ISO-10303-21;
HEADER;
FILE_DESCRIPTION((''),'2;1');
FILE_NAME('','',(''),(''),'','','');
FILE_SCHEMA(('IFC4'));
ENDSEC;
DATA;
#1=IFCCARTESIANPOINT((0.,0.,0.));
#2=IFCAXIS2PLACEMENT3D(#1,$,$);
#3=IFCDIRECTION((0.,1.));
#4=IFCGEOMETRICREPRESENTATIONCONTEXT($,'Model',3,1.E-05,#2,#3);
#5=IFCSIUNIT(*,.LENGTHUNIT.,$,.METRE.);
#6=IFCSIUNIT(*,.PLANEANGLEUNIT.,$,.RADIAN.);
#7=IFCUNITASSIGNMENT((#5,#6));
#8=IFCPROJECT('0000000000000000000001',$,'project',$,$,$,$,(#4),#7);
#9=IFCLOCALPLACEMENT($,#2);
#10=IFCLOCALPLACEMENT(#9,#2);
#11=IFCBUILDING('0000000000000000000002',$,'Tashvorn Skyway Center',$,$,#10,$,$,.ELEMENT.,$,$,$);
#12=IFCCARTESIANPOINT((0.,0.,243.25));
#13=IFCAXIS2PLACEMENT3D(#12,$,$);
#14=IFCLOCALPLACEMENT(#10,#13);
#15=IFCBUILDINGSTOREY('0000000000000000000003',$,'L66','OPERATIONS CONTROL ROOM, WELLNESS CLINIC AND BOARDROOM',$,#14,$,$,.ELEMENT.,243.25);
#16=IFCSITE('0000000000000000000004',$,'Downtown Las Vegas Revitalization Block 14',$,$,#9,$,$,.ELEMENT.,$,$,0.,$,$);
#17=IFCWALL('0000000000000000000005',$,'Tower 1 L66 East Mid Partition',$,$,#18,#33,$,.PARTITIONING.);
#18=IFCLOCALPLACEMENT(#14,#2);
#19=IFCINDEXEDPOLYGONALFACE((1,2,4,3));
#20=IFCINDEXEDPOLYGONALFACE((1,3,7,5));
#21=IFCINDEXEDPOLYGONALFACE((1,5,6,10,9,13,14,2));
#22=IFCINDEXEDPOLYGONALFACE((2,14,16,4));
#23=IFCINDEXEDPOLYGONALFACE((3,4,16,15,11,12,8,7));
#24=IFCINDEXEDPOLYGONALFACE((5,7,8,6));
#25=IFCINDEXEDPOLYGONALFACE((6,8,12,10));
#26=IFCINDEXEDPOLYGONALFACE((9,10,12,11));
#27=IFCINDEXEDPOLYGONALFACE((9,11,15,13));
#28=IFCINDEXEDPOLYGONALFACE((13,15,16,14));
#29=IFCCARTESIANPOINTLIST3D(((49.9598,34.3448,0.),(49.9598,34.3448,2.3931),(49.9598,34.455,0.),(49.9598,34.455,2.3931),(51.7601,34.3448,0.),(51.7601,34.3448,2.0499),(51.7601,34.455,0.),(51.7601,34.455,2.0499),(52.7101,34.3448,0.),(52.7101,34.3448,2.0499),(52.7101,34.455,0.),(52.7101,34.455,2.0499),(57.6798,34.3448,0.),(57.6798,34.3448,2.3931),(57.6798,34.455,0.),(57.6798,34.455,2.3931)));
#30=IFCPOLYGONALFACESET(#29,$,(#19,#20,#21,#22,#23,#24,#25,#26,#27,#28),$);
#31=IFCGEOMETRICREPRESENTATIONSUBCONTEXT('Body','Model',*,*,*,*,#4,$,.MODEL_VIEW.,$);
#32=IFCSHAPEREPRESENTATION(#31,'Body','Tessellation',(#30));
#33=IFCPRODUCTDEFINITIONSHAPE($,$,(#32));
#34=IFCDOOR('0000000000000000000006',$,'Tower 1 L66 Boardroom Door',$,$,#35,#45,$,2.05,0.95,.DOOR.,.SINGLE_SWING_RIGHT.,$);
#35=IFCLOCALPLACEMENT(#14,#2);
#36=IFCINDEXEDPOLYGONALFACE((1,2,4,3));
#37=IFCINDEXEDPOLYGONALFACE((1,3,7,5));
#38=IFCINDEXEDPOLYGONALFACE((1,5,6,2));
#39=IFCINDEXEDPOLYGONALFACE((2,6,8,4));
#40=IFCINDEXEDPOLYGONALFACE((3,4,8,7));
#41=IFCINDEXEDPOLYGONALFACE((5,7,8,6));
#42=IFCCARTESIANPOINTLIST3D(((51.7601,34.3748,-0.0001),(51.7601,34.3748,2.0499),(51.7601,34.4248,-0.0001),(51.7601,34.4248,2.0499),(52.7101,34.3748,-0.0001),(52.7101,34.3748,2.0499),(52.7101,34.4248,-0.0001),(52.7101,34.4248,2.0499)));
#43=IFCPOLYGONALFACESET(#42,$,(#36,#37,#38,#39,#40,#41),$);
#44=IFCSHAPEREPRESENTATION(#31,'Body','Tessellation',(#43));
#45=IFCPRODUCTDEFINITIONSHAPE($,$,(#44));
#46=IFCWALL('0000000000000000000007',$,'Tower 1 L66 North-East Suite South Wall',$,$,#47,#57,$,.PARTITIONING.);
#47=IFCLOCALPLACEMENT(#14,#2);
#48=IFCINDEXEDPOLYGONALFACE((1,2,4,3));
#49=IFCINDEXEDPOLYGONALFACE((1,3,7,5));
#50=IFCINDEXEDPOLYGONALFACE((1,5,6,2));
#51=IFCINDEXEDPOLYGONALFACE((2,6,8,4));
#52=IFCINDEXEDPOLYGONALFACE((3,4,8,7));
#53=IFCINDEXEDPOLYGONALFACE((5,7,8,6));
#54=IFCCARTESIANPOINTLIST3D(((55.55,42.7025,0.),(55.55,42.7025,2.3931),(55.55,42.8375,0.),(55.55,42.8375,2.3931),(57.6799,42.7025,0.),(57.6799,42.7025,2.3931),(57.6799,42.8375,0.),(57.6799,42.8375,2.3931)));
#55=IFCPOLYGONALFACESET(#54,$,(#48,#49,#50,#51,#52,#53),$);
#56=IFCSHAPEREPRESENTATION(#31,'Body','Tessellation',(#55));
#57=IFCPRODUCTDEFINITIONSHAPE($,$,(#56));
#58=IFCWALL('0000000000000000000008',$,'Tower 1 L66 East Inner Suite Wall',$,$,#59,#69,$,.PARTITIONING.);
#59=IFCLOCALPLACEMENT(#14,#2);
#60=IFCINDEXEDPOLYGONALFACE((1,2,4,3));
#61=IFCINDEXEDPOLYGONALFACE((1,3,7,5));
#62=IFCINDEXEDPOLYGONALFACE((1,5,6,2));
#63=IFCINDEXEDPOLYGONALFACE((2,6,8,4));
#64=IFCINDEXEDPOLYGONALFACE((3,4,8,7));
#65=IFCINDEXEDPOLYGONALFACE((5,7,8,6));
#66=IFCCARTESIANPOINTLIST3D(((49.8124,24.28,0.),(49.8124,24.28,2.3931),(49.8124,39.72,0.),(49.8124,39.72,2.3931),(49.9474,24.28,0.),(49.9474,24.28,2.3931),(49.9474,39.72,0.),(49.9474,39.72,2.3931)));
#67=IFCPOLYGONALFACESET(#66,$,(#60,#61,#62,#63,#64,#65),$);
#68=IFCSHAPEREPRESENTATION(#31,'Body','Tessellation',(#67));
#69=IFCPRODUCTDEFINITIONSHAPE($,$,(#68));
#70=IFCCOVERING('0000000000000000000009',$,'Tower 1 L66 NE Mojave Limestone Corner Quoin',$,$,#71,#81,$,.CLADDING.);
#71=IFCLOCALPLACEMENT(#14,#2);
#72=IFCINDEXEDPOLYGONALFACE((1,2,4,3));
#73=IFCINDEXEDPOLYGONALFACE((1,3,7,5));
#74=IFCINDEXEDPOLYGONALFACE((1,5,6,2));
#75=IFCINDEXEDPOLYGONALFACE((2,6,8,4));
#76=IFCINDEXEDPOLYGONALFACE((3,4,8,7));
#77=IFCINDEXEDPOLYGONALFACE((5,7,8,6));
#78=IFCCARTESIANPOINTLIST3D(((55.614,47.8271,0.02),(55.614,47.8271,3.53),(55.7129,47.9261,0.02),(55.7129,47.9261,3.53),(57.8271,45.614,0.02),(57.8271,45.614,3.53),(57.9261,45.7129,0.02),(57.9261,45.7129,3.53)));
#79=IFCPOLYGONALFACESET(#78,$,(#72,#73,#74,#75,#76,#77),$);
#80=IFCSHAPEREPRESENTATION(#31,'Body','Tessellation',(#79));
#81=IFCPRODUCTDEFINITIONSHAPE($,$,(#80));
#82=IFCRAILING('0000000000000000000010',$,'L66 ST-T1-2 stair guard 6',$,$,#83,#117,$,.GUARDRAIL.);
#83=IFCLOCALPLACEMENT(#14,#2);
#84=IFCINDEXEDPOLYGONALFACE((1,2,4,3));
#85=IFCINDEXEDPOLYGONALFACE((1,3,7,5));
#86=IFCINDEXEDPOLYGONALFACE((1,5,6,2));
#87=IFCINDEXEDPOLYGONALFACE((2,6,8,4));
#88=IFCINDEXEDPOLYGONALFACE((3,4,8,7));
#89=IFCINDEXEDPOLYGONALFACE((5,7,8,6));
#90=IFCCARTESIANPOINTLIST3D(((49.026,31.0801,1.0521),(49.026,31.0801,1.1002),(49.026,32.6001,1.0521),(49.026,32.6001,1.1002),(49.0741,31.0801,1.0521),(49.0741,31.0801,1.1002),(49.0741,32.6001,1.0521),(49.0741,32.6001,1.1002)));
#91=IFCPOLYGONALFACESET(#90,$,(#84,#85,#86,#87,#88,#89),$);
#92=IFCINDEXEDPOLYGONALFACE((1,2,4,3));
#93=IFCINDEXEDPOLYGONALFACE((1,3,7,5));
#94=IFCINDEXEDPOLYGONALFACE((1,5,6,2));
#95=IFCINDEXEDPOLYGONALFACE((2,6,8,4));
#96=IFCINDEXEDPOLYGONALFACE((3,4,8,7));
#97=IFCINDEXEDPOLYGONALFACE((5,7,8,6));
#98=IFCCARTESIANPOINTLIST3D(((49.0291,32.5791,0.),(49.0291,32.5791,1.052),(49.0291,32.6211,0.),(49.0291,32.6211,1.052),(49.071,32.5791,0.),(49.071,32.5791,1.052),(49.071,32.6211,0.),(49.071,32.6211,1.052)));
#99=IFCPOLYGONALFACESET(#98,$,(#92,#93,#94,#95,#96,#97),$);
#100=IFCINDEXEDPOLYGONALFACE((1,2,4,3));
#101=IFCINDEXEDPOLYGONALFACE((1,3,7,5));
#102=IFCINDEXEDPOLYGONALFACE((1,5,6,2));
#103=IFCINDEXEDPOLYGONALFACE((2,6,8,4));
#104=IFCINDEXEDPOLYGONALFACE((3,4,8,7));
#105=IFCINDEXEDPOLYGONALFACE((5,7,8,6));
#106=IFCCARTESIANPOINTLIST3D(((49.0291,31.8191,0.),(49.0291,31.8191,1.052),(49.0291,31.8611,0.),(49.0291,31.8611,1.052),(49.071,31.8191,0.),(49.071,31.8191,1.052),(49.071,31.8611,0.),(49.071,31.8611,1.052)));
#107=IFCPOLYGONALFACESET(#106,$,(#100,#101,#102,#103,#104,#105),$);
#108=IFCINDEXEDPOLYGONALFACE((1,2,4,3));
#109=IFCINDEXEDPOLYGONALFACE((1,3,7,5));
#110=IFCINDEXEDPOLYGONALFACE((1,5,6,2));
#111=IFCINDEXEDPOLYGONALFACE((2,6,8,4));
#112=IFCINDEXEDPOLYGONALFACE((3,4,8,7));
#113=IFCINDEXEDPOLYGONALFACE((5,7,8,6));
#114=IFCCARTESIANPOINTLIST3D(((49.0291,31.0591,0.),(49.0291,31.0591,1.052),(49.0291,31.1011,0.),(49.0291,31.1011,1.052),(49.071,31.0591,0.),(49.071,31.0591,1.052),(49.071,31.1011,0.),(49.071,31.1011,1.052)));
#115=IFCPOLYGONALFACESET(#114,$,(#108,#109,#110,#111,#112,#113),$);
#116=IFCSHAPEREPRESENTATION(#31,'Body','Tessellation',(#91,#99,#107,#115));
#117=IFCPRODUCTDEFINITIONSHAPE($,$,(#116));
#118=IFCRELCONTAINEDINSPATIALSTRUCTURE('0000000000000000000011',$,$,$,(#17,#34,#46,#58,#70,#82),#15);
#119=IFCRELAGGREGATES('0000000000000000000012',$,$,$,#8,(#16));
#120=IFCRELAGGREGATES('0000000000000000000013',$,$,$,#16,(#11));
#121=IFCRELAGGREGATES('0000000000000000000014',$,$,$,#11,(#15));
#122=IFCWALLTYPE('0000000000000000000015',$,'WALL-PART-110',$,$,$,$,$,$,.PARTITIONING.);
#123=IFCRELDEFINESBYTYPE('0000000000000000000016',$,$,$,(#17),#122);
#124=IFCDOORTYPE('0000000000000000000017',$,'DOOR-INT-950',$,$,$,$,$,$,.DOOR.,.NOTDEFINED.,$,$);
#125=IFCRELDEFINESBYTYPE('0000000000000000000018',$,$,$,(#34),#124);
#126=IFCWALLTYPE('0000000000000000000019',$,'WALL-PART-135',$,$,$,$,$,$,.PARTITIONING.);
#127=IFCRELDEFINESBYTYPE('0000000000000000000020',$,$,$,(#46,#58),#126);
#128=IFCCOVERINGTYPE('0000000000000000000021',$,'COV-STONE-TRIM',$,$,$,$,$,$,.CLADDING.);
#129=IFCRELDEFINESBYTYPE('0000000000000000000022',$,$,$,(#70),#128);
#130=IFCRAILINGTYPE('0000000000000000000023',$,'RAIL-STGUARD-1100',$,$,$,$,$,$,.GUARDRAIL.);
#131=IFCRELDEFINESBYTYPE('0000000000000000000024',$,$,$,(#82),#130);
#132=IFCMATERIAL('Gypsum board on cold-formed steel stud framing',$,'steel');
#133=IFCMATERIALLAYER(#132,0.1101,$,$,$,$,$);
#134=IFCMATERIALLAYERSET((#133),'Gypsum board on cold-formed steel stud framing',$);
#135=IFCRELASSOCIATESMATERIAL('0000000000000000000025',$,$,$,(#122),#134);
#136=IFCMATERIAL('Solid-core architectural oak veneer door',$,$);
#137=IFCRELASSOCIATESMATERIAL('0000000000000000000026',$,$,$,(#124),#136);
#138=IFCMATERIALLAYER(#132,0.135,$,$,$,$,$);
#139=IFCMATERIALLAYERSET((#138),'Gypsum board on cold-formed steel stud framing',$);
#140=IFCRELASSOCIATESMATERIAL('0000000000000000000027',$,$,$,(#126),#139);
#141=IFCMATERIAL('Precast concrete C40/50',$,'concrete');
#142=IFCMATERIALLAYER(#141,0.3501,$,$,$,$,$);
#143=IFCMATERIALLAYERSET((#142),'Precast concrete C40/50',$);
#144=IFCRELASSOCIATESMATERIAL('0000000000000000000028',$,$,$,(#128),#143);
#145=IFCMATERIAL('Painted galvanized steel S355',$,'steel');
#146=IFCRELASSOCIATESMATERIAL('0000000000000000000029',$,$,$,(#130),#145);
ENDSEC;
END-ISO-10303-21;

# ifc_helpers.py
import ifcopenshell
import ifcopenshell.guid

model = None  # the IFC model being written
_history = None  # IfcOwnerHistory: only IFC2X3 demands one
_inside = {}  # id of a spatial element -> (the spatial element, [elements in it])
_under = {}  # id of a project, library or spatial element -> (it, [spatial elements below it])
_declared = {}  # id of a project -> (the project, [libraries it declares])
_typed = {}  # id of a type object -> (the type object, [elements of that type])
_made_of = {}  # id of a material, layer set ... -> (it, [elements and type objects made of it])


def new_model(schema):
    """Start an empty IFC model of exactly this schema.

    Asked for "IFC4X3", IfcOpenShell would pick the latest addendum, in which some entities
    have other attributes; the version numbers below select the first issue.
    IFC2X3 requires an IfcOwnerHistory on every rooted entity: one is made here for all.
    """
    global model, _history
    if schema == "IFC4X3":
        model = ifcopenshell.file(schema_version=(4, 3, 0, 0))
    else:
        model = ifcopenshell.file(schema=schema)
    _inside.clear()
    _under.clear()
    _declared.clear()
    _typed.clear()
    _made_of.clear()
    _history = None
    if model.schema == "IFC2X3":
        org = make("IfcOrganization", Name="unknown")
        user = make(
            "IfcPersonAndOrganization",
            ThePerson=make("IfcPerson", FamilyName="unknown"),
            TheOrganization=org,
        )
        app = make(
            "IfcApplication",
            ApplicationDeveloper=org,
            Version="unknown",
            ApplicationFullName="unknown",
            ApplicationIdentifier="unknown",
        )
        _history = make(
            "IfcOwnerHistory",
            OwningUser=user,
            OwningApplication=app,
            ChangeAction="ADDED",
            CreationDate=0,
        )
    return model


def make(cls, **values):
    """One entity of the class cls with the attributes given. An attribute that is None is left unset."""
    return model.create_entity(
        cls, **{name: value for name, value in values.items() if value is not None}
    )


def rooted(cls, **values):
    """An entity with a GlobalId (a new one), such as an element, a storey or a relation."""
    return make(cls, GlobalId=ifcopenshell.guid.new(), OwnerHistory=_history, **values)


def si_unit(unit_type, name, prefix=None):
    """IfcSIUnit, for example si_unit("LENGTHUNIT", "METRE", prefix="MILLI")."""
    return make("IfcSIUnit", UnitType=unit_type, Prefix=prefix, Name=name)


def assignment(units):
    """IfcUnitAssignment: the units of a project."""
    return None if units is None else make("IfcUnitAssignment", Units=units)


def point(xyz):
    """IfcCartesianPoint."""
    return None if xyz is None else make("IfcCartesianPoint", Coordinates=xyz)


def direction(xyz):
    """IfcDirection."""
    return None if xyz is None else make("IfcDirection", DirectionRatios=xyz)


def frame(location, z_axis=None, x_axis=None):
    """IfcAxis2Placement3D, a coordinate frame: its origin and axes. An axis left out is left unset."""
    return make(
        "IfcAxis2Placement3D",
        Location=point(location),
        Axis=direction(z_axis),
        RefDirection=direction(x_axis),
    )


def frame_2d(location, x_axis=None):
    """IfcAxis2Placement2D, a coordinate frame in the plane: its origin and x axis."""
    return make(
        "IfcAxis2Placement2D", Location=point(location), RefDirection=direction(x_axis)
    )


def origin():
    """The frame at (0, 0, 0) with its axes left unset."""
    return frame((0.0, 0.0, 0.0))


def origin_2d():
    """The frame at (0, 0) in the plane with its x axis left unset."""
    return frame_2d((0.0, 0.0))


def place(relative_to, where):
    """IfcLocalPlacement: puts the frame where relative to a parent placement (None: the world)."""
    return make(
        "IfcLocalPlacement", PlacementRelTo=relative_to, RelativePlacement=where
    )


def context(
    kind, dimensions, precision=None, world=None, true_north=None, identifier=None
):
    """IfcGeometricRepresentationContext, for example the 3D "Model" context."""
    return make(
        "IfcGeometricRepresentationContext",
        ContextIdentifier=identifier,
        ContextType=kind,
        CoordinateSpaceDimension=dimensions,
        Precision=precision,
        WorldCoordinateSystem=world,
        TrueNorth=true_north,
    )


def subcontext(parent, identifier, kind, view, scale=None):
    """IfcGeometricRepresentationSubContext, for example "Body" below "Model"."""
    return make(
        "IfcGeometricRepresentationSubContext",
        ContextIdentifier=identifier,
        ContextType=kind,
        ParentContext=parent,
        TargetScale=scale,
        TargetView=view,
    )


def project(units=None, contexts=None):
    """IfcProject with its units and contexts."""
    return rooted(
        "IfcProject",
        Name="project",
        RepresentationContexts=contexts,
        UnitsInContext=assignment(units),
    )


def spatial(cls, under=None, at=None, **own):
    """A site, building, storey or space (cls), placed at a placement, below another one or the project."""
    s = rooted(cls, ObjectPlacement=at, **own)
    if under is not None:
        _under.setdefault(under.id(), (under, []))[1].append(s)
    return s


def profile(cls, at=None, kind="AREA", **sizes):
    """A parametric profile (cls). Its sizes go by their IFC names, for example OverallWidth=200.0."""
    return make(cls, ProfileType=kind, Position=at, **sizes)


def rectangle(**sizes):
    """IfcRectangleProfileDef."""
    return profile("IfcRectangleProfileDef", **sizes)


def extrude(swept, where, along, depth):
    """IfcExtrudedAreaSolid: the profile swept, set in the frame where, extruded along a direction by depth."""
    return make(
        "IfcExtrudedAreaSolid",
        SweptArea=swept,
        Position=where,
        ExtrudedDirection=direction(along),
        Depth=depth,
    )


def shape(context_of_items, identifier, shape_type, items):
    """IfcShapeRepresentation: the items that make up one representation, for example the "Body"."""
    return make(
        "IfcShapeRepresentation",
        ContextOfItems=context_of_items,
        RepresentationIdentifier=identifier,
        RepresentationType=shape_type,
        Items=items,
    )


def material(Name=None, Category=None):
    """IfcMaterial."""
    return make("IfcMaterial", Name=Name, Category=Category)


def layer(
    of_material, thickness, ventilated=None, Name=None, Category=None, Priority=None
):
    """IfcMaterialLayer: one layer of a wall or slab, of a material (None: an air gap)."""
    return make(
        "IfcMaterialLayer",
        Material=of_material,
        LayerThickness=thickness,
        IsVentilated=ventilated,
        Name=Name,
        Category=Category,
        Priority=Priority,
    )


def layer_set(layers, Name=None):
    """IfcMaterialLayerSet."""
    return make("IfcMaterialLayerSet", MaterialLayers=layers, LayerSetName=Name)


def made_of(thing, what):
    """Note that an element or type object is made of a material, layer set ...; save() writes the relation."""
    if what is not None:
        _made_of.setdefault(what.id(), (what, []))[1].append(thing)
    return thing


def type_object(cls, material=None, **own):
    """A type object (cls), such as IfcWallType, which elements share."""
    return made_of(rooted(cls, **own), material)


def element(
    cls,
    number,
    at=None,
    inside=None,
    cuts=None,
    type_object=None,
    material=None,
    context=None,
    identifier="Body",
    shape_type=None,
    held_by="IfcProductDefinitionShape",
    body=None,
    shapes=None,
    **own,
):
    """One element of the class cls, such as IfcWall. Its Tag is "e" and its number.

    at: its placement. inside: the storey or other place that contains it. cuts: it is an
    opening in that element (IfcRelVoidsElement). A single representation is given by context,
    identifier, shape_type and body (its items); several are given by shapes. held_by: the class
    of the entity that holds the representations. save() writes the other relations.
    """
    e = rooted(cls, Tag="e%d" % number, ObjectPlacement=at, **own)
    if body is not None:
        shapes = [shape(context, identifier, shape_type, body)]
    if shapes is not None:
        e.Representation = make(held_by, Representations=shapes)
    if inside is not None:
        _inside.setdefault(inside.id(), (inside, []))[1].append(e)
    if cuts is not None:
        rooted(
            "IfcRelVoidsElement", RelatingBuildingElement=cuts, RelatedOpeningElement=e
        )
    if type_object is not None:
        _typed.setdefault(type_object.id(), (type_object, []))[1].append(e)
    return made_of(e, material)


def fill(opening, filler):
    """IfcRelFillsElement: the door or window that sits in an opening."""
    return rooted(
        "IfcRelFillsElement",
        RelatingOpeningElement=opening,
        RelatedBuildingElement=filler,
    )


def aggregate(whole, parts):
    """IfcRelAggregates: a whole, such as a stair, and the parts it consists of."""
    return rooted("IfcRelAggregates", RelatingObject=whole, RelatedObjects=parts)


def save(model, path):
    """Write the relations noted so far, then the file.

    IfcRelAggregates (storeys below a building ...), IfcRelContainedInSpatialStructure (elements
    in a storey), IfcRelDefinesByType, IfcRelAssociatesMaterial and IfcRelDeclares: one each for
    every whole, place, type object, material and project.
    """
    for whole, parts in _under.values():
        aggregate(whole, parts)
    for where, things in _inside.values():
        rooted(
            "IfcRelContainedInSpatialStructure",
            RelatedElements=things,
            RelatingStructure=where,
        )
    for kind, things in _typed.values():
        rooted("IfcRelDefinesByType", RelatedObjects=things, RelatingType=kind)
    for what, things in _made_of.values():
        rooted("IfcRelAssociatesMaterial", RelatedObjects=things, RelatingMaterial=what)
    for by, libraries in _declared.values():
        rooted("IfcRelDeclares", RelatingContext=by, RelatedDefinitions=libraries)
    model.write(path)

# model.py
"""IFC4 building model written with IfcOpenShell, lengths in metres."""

from ifc_helpers import new_model, si_unit, direction, frame, frame_2d, origin, origin_2d, place, context, subcontext, project, spatial, rectangle, extrude, material, layer, layer_set, type_object, element, fill, save


model = new_model("IFC4")

# Units and contexts
model_context = context("Model", 3, precision=1e-05, world=origin(), true_north=direction((0.0, 1.0)))
body_context = subcontext(model_context, "Body", "Model", "MODEL_VIEW")
ifc_project = project(units=[si_unit("LENGTHUNIT", "METRE"), si_unit("PLANEANGLEUNIT", "RADIAN")], contexts=[model_context])

# Site, building, storey
site_placement = place(None, origin())
site = spatial("IfcSite", under=ifc_project, at=site_placement, Name="Downtown Las Vegas Revitalization Block 14", CompositionType="ELEMENT", RefElevation=0.0)
building_placement = place(site_placement, origin())
building = spatial("IfcBuilding", under=site, at=building_placement, Name="Tashvorn Skyway Center", CompositionType="ELEMENT")
storey_placement = place(building_placement, frame((0.0, 0.0, 243.25)))
storey = spatial("IfcBuildingStorey", under=building, at=storey_placement, Name="L66", Description="OPERATIONS CONTROL ROOM, WELLNESS CLINIC AND BOARDROOM", CompositionType="ELEMENT", Elevation=243.25)

# Shared definitions
ifc_material_1 = material(Name="Precast concrete C40/50", Category="concrete")
ifc_material_2 = material(Name="Gypsum board on cold-formed steel stud framing", Category="steel")
ifc_layer_1 = layer(ifc_material_2, 0.1101)
ifc_layer_set_1 = layer_set([ifc_layer_1], Name="Gypsum board on cold-formed steel stud framing")
wall_type_1 = type_object("IfcWallType", Name="WALL-PART-110", PredefinedType="PARTITIONING", material=ifc_layer_set_1)

# Wall, opening, door
wall_1_placement = place(storey_placement, frame((49.96, 34.3999, 0.0), z_axis=(0.0, 0.0, 1.0), x_axis=(1.0, 0.0, 0.0)))
wall_1 = element("IfcWall", 1, at=wall_1_placement, inside=storey, type_object=wall_type_1, Name="Tower 1 L66 East Mid Partition", PredefinedType="PARTITIONING", context=body_context, shape_type="SweptSolid", body=[
    extrude(rectangle(XDim=7.72, YDim=0.1101, at=frame_2d((3.8599, 0.0))), origin(), (0.0, 0.0, 1.0), 2.3931),
])
opening_placement = place(wall_1_placement, frame((1.8, 0.0, 0.0)))
opening = element("IfcOpeningElement", 2, at=opening_placement, cuts=wall_1, PredefinedType="OPENING", context=body_context, shape_type="SweptSolid", body=[
    extrude(rectangle(XDim=0.95, YDim=2.05, at=frame_2d((0.4751, 1.0249))), frame((0.0, 0.0649, 0.0), z_axis=(0.0, -1.0, 0.0), x_axis=(1.0, 0.0, 0.0)), (0.0, 0.0, 1.0), 0.1301),
])
ifc_material_3 = material(Name="Solid-core architectural oak veneer door")
door_type = type_object("IfcDoorType", Name="DOOR-INT-950", OperationType="NOTDEFINED", PredefinedType="DOOR", material=ifc_material_3)
door_placement = place(opening_placement, origin())
door = element("IfcDoor", 3, at=door_placement, inside=storey, type_object=door_type, Name="Tower 1 L66 Boardroom Door", OperationType="SINGLE_SWING_RIGHT", OverallHeight=2.05, OverallWidth=0.95, PredefinedType="DOOR", context=body_context, shape_type="SweptSolid", body=[
    extrude(rectangle(XDim=0.95, YDim=2.05, at=frame_2d((0.4751, 1.0249))), frame((0.0, 0.0249, 0.0), z_axis=(0.0, -1.0, 0.0), x_axis=(1.0, 0.0, 0.0)), (0.0, 0.0, 1.0), 0.05),
])
fill(opening, door)

# Walls
ifc_layer_2 = layer(ifc_material_2, 0.135)
ifc_layer_set_2 = layer_set([ifc_layer_2], Name="Gypsum board on cold-formed steel stud framing")
wall_type_2 = type_object("IfcWallType", Name="WALL-PART-135", PredefinedType="PARTITIONING", material=ifc_layer_set_2)
wall_2_placement = place(storey_placement, frame((55.55, 42.77, 0.0), z_axis=(0.0, 0.0, 1.0), x_axis=(1.0, 0.0, 0.0)))
element("IfcWall", 4, at=wall_2_placement, inside=storey, type_object=wall_type_2, Name="Tower 1 L66 North-East Suite South Wall", PredefinedType="PARTITIONING", context=body_context, shape_type="SweptSolid", body=[
    extrude(rectangle(XDim=2.1299, YDim=0.135, at=frame_2d((1.0649, 0.0))), origin(), (0.0, 0.0, 1.0), 2.3931),
])
wall_3_placement = place(storey_placement, frame((49.8799, 39.72, 0.0), z_axis=(0.0, 0.0, 1.0), x_axis=(0.0, -1.0, 0.0)))
element("IfcWall", 5, at=wall_3_placement, inside=storey, type_object=wall_type_2, Name="Tower 1 L66 East Inner Suite Wall", PredefinedType="PARTITIONING", context=body_context, shape_type="SweptSolid", body=[
    extrude(rectangle(XDim=15.4399, YDim=0.135, at=frame_2d((7.72, 0.0))), origin(), (0.0, 0.0, 1.0), 2.3931),
])

# Covering
ifc_layer_3 = layer(ifc_material_1, 0.3501)
ifc_layer_set_3 = layer_set([ifc_layer_3], Name="Precast concrete C40/50")
covering_type = type_object("IfcCoveringType", Name="COV-STONE-TRIM", PredefinedType="CLADDING", material=ifc_layer_set_3)
covering_placement = place(storey_placement, frame((56.77, 46.77, 0.02), z_axis=(0.0, 0.0, 1.0), x_axis=(0.707107, -0.707107, 0.0)))
element("IfcCovering", 6, at=covering_placement, inside=storey, type_object=covering_type, Name="Tower 1 L66 NE Mojave Limestone Corner Quoin", PredefinedType="CLADDING", context=body_context, shape_type="SweptSolid", body=[
    extrude(rectangle(XDim=3.1299, YDim=0.1399, at=origin_2d()), origin(), (0.0, 0.0, 1.0), 3.51),
])

# Railing
ifc_material_4 = material(Name="Painted galvanized steel S355", Category="steel")
railing_type = type_object("IfcRailingType", Name="RAIL-STGUARD-1100", PredefinedType="GUARDRAIL", material=ifc_material_4)
railing_placement = place(storey_placement, frame((49.05, 32.6001, 0.0)))
element("IfcRailing", 7, at=railing_placement, inside=storey, type_object=railing_type, Name="L66 ST-T1-2 stair guard 6", PredefinedType="GUARDRAIL", context=body_context, shape_type="SweptSolid", body=[
    extrude(rectangle(XDim=0.0481, YDim=0.0481, at=origin_2d()), frame((0.0, 0.0, 1.0762), z_axis=(0.0, -1.0, 0.0), x_axis=(1.0, 0.0, 0.0)), (0.0, 0.0, 1.0), 1.52),
    extrude(rectangle(XDim=0.042, YDim=0.042, at=origin_2d()), origin(), (0.0, 0.0, 1.0), 1.052),
    extrude(rectangle(XDim=0.042, YDim=0.042, at=origin_2d()), frame((0.0, -0.76, 0.0)), (0.0, 0.0, 1.0), 1.052),
    extrude(rectangle(XDim=0.042, YDim=0.042, at=origin_2d()), frame((0.0, -1.52, 0.0)), (0.0, 0.0, 1.0), 1.052),
])

save(model, "model.ifc")
